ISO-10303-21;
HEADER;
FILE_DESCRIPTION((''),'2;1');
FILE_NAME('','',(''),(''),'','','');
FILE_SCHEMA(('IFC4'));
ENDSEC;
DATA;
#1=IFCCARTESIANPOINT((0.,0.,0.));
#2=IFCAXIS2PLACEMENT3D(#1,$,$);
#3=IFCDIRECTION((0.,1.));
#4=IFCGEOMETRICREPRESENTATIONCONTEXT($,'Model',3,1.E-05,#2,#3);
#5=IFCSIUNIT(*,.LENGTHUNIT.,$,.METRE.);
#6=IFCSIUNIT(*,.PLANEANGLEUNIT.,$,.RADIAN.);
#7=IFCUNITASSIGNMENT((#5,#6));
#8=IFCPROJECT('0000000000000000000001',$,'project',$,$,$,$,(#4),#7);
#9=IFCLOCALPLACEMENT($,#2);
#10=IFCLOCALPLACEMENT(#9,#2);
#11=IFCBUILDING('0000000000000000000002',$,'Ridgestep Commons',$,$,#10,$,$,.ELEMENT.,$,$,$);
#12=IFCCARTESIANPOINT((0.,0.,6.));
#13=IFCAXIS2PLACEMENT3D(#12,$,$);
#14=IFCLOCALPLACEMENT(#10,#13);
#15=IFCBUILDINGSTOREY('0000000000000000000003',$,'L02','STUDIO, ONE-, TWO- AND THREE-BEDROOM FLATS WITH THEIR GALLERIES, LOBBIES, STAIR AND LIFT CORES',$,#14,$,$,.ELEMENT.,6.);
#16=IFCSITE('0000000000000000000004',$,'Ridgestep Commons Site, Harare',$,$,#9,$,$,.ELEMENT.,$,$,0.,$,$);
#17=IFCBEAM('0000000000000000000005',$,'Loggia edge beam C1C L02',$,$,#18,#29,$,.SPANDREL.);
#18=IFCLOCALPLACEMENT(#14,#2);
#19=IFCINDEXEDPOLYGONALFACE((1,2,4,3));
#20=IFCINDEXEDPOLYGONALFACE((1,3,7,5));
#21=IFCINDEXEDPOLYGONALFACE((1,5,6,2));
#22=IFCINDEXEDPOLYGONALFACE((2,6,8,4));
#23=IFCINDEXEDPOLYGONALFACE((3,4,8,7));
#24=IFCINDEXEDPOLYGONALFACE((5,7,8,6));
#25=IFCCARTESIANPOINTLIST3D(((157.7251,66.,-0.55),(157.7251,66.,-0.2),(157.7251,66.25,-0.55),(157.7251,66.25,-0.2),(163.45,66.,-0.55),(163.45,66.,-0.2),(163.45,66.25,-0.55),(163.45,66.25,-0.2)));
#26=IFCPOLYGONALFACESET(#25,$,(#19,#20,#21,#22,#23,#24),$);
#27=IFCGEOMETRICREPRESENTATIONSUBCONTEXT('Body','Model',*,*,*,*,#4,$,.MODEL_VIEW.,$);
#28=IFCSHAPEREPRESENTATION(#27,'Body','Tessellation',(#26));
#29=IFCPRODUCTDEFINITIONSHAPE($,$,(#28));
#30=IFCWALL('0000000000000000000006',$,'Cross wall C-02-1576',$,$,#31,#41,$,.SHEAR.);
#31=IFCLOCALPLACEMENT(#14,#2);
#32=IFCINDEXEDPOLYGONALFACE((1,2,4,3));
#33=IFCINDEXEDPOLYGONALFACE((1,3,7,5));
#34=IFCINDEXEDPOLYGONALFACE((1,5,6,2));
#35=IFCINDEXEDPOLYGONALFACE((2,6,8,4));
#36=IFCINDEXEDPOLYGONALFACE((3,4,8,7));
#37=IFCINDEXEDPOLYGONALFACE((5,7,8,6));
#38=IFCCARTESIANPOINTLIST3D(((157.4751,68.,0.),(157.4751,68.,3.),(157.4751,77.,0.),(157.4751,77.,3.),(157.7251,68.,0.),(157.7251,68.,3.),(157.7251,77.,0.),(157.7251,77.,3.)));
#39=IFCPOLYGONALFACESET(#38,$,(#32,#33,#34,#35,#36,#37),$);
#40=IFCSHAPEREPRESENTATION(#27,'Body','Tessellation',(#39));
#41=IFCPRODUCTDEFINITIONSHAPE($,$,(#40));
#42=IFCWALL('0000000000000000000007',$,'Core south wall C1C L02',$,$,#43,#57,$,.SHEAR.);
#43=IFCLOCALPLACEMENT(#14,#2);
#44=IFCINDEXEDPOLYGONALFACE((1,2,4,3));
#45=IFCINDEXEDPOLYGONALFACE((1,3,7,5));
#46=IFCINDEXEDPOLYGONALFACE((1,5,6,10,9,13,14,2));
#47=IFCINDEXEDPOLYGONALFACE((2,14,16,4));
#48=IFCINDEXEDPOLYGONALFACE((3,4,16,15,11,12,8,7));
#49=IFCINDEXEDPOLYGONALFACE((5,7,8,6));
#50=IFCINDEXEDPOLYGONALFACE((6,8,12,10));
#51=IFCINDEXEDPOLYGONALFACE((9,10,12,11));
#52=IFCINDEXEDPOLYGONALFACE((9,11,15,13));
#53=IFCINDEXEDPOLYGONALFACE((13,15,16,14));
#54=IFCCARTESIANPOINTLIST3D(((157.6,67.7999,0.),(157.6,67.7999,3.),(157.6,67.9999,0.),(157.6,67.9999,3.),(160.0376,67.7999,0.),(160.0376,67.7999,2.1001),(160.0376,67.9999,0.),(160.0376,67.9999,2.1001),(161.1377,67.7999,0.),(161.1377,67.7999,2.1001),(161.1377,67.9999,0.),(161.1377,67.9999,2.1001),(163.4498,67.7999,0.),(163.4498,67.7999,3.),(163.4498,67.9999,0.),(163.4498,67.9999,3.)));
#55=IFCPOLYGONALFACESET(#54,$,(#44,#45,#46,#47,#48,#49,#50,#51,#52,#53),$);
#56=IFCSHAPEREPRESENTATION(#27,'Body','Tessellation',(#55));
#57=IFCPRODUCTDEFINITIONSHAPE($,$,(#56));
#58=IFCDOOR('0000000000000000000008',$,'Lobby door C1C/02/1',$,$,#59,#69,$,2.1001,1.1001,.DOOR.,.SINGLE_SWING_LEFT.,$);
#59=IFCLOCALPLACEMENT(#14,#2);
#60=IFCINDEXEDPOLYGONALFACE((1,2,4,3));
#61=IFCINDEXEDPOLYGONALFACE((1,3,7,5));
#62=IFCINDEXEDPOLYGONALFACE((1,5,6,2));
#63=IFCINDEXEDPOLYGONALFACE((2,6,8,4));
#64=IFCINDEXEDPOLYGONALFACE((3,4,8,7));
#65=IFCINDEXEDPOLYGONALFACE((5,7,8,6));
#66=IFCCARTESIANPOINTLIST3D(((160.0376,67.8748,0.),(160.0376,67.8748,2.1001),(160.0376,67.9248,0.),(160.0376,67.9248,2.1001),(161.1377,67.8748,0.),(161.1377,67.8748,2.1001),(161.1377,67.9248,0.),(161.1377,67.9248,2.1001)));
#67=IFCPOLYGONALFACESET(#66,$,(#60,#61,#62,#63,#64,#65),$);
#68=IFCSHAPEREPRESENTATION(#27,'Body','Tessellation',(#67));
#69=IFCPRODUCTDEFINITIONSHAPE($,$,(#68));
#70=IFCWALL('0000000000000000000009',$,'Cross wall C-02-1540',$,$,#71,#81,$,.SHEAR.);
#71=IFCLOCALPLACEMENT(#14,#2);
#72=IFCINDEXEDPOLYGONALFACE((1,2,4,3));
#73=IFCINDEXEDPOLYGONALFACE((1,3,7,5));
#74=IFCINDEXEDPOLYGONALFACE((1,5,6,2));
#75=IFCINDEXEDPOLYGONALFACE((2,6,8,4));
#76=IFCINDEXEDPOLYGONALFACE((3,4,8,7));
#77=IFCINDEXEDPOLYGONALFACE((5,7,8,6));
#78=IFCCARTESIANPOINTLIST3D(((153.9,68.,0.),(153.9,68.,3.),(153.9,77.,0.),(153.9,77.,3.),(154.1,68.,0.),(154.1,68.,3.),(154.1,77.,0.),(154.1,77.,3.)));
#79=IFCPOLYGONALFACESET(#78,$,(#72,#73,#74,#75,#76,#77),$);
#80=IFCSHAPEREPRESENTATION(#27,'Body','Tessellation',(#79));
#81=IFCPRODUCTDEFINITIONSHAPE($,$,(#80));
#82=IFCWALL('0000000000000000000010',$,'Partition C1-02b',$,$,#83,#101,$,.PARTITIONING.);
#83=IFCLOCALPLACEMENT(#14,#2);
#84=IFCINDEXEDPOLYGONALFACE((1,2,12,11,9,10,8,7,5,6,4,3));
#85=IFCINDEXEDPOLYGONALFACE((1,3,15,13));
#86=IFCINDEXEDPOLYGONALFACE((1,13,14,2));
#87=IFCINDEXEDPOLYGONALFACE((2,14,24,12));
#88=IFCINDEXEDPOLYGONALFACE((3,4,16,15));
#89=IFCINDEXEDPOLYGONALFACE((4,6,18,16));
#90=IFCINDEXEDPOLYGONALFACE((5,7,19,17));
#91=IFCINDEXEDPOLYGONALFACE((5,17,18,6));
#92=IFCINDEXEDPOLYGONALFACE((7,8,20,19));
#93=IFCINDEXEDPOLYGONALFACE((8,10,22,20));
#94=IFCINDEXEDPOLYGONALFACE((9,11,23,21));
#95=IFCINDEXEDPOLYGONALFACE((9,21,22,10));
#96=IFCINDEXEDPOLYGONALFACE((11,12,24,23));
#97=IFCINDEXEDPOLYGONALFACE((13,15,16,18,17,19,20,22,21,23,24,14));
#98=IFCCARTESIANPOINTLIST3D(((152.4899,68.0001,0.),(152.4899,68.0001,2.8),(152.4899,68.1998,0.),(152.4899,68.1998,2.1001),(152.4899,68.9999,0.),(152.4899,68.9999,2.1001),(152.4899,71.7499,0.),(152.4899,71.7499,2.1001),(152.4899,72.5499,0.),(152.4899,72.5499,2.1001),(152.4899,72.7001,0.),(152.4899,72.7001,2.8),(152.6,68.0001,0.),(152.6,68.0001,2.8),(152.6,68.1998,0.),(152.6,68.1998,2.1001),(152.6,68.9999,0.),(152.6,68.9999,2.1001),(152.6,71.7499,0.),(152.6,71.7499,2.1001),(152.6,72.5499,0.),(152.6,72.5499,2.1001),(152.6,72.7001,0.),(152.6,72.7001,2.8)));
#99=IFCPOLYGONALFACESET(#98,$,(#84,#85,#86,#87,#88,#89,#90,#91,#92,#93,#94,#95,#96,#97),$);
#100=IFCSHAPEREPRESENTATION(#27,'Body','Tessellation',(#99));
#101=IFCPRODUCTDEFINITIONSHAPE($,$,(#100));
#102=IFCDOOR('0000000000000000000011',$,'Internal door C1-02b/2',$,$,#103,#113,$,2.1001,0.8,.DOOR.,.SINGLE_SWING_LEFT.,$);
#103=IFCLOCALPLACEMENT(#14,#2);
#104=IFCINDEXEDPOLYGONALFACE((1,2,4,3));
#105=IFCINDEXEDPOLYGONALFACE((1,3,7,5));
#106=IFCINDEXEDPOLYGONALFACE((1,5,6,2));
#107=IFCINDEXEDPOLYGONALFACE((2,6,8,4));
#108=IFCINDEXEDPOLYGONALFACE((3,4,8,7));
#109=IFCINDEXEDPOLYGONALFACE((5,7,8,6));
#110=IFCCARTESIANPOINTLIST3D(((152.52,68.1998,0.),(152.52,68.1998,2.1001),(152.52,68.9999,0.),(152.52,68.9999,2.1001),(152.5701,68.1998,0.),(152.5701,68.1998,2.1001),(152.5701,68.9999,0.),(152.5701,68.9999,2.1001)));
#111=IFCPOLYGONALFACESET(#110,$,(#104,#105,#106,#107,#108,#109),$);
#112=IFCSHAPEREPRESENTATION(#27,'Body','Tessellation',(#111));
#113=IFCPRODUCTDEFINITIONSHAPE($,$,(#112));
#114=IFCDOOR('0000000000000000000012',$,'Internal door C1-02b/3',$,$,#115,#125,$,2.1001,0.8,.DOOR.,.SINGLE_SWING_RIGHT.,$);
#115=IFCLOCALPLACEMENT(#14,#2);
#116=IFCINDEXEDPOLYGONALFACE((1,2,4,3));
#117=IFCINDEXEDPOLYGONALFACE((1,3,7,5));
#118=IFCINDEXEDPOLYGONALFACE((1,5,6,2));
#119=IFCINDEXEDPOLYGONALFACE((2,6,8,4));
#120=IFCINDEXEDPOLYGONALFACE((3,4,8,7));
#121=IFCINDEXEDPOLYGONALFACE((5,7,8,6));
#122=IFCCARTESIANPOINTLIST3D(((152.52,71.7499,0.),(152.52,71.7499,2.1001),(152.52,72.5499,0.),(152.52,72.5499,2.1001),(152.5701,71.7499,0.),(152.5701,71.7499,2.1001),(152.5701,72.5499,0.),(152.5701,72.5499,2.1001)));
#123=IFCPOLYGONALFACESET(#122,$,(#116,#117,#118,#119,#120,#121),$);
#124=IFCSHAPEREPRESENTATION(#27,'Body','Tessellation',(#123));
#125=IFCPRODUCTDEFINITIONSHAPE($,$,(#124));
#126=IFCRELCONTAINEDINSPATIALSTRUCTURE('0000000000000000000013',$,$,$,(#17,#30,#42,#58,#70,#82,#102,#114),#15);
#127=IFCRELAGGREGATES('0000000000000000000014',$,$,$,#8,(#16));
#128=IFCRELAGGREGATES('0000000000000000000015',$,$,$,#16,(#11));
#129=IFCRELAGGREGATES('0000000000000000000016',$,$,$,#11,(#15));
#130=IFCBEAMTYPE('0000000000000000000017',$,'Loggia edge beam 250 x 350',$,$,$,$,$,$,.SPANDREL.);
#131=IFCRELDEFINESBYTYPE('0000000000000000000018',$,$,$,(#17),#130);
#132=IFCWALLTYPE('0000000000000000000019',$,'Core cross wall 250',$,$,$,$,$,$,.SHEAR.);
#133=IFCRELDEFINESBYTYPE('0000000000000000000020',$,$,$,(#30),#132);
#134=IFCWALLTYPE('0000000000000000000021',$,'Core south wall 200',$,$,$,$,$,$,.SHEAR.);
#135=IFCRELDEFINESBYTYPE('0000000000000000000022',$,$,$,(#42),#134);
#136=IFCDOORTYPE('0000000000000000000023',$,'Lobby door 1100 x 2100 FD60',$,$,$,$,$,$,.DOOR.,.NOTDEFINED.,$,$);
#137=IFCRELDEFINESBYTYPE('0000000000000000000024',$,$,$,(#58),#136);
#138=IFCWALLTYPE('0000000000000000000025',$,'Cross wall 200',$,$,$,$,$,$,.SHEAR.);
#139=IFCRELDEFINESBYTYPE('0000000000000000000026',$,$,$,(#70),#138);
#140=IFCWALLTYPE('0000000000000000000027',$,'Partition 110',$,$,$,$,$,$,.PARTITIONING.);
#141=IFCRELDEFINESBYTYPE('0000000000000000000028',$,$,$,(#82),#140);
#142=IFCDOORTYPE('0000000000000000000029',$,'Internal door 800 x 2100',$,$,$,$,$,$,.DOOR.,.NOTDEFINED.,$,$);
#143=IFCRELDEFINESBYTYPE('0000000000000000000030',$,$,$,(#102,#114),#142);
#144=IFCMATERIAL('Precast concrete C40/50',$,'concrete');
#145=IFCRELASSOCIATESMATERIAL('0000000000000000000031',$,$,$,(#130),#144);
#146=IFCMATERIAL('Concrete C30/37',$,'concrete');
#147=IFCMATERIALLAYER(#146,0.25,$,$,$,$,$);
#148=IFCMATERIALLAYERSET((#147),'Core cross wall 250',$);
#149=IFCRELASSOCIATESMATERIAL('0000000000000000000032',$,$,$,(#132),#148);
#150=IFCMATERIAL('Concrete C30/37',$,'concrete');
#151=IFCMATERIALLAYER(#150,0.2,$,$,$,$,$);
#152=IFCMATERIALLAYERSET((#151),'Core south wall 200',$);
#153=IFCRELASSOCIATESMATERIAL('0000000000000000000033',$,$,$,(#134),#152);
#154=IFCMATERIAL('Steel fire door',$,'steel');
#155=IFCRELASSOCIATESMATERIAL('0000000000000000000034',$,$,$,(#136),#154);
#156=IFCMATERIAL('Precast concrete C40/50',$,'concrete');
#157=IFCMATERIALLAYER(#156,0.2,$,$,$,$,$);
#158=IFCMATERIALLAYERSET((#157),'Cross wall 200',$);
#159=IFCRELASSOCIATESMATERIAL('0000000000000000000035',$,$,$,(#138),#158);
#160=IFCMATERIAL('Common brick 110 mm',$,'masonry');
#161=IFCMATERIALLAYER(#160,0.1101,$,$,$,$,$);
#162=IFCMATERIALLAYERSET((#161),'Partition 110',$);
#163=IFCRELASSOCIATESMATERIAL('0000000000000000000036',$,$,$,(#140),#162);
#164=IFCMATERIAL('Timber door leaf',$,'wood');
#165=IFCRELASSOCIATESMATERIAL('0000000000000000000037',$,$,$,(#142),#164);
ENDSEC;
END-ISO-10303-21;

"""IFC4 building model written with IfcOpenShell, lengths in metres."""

from ifc_helpers import new_model, si_unit, direction, frame, frame_2d, origin, origin_2d, place, context, subcontext, project, spatial, rectangle, extrude, material, layer, layer_set, material_profile, profile_set, type_object, element, fill, save


model = new_model("IFC4")

# Units and contexts
model_context = context("Model", 3, precision=1e-05, world=origin(), true_north=direction((0.0, 1.0)))
body_context = subcontext(model_context, "Body", "Model", "MODEL_VIEW")
ifc_project = project(units=[si_unit("LENGTHUNIT", "METRE"), si_unit("PLANEANGLEUNIT", "RADIAN")], contexts=[model_context])

# Site, building, storey
site_placement = place(None, origin())
site = spatial("IfcSite", under=ifc_project, at=site_placement, Name="Ridgestep Commons Site, Harare", CompositionType="ELEMENT", RefElevation=0.0)
building_placement = place(site_placement, origin())
building = spatial("IfcBuilding", under=site, at=building_placement, Name="Ridgestep Commons", CompositionType="ELEMENT")
storey_placement = place(building_placement, frame((0.0, 0.0, 6.0)))
storey = spatial("IfcBuildingStorey", under=building, at=storey_placement, Name="L02", Description="STUDIO, ONE-, TWO- AND THREE-BEDROOM FLATS WITH THEIR GALLERIES, LOBBIES, STAIR AND LIFT CORES", CompositionType="ELEMENT", Elevation=6.0)

# Beam
ifc_material_1 = material(Name="Precast concrete C40/50", Category="concrete")
ifc_material_profile = material_profile(ifc_material_1, rectangle(XDim=0.25, YDim=0.3501, at=origin_2d()), Name="PC 250x350")
ifc_profile_set = profile_set([ifc_material_profile], Name="Precast concrete C40/50")
beam_type = type_object("IfcBeamType", Name="Loggia edge beam 250 x 350", PredefinedType="SPANDREL", material=ifc_profile_set)
beam_placement = place(storey_placement, frame((157.7251, 66.125, -0.375), z_axis=(1.0, 0.0, 0.0), x_axis=(0.0, 1.0, 0.0)))
element("IfcBeam", 1, at=beam_placement, inside=storey, type_object=beam_type, Name="Loggia edge beam C1C L02", PredefinedType="SPANDREL", context=body_context, shape_type="SweptSolid", body=[
    extrude(rectangle(XDim=0.25, YDim=0.3501, at=origin_2d()), origin(), (0.0, 0.0, 1.0), 5.7249),
])

# Wall
ifc_material_2 = material(Name="Concrete C30/37", Category="concrete")
ifc_layer_1 = layer(ifc_material_2, 0.25)
ifc_layer_set_1 = layer_set([ifc_layer_1], Name="Core cross wall 250")
wall_type_1 = type_object("IfcWallType", Name="Core cross wall 250", PredefinedType="SHEAR", material=ifc_layer_set_1)
wall_1_placement = place(storey_placement, frame((157.6001, 68.0, 0.0), z_axis=(0.0, 0.0, 1.0), x_axis=(0.0, 1.0, 0.0)))
element("IfcWall", 2, at=wall_1_placement, inside=storey, type_object=wall_type_1, Name="Cross wall C-02-1576", PredefinedType="SHEAR", context=body_context, shape_type="SweptSolid", body=[
    extrude(rectangle(XDim=9.0, YDim=0.25, at=frame_2d((4.5, 0.0))), origin(), (0.0, 0.0, 1.0), 3.0),
])

# Wall, opening, door
ifc_material_3 = material(Name="Concrete C30/37", Category="concrete")
ifc_layer_2 = layer(ifc_material_3, 0.2)
ifc_layer_set_2 = layer_set([ifc_layer_2], Name="Core south wall 200")
wall_type_2 = type_object("IfcWallType", Name="Core south wall 200", PredefinedType="SHEAR", material=ifc_layer_set_2)
wall_2_placement = place(storey_placement, frame((157.6001, 67.8999, 0.0), z_axis=(0.0, 0.0, 1.0), x_axis=(1.0, 0.0, 0.0)))
wall_2 = element("IfcWall", 3, at=wall_2_placement, inside=storey, type_object=wall_type_2, Name="Core south wall C1C L02", PredefinedType="SHEAR", context=body_context, shape_type="SweptSolid", body=[
    extrude(rectangle(XDim=5.8499, YDim=0.2, at=frame_2d((2.9248, 0.0))), origin(), (0.0, 0.0, 1.0), 3.0),
])
opening_1_placement = place(wall_2_placement, frame((2.4375, 0.0, 0.0)))
opening_1 = element("IfcOpeningElement", 4, at=opening_1_placement, cuts=wall_2, PredefinedType="OPENING", context=body_context, shape_type="SweptSolid", body=[
    extrude(rectangle(XDim=1.1001, YDim=2.1001, at=frame_2d((0.55, 1.05))), frame((0.0, 0.1099, 0.0), z_axis=(0.0, -1.0, 0.0), x_axis=(1.0, 0.0, 0.0)), (0.0, 0.0, 1.0), 0.22),
])
ifc_material_4 = material(Name="Steel fire door", Category="steel")
door_type_1 = type_object("IfcDoorType", Name="Lobby door 1100 x 2100 FD60", OperationType="NOTDEFINED", PredefinedType="DOOR", material=ifc_material_4)
door_1_placement = place(opening_1_placement, origin())
door_1 = element("IfcDoor", 5, at=door_1_placement, inside=storey, type_object=door_type_1, Name="Lobby door C1C/02/1", OperationType="SINGLE_SWING_LEFT", OverallHeight=2.1001, OverallWidth=1.1001, PredefinedType="DOOR", context=body_context, shape_type="SweptSolid", body=[
    extrude(rectangle(XDim=1.1001, YDim=2.1001, at=frame_2d((0.55, 1.05))), frame((0.0, 0.0249, 0.0), z_axis=(0.0, -1.0, 0.0), x_axis=(1.0, 0.0, 0.0)), (0.0, 0.0, 1.0), 0.05),
])
fill(opening_1, door_1)

# Wall
ifc_material_5 = material(Name="Precast concrete C40/50", Category="concrete")
ifc_layer_3 = layer(ifc_material_5, 0.2)
ifc_layer_set_3 = layer_set([ifc_layer_3], Name="Cross wall 200")
wall_type_3 = type_object("IfcWallType", Name="Cross wall 200", PredefinedType="SHEAR", material=ifc_layer_set_3)
wall_3_placement = place(storey_placement, frame((154.0, 68.0, 0.0), z_axis=(0.0, 0.0, 1.0), x_axis=(0.0, 1.0, 0.0)))
element("IfcWall", 6, at=wall_3_placement, inside=storey, type_object=wall_type_3, Name="Cross wall C-02-1540", PredefinedType="SHEAR", context=body_context, shape_type="SweptSolid", body=[
    extrude(rectangle(XDim=9.0, YDim=0.2, at=frame_2d((4.5, 0.0))), origin(), (0.0, 0.0, 1.0), 3.0),
])

# Wall, openings, doors
ifc_material_6 = material(Name="Common brick 110 mm", Category="masonry")
ifc_layer_4 = layer(ifc_material_6, 0.1101)
ifc_layer_set_4 = layer_set([ifc_layer_4], Name="Partition 110")
wall_type_4 = type_object("IfcWallType", Name="Partition 110", PredefinedType="PARTITIONING", material=ifc_layer_set_4)
wall_4_placement = place(storey_placement, frame((152.5449, 68.0, 0.0), z_axis=(0.0, 0.0, 1.0), x_axis=(0.0, 1.0, 0.0)))
wall_4 = element("IfcWall", 7, at=wall_4_placement, inside=storey, type_object=wall_type_4, Name="Partition C1-02b", PredefinedType="PARTITIONING", context=body_context, shape_type="SweptSolid", body=[
    extrude(rectangle(XDim=4.7, YDim=0.1101, at=frame_2d((2.3501, 0.0))), origin(), (0.0, 0.0, 1.0), 2.8),
])
opening_2_placement = place(wall_4_placement, frame((0.2, 0.0, 0.0)))
opening_2 = element("IfcOpeningElement", 8, at=opening_2_placement, cuts=wall_4, PredefinedType="OPENING", context=body_context, shape_type="SweptSolid", body=[
    extrude(rectangle(XDim=0.8, YDim=2.1001, at=frame_2d((0.3999, 1.05))), frame((0.0, 0.0649, 0.0), z_axis=(0.0, -1.0, 0.0), x_axis=(1.0, 0.0, 0.0)), (0.0, 0.0, 1.0), 0.1301),
])
opening_3_placement = place(wall_4_placement, frame((3.75, 0.0, 0.0)))
opening_3 = element("IfcOpeningElement", 9, at=opening_3_placement, cuts=wall_4, PredefinedType="OPENING", context=body_context, shape_type="SweptSolid", body=[
    extrude(rectangle(XDim=0.8, YDim=2.1001, at=frame_2d((0.3999, 1.05))), frame((0.0, 0.0649, 0.0), z_axis=(0.0, -1.0, 0.0), x_axis=(1.0, 0.0, 0.0)), (0.0, 0.0, 1.0), 0.1301),
])
ifc_material_7 = material(Name="Timber door leaf", Category="wood")
door_type_2 = type_object("IfcDoorType", Name="Internal door 800 x 2100", OperationType="NOTDEFINED", PredefinedType="DOOR", material=ifc_material_7)
door_2_placement = place(opening_2_placement, origin())
door_2 = element("IfcDoor", 10, at=door_2_placement, inside=storey, type_object=door_type_2, Name="Internal door C1-02b/2", OperationType="SINGLE_SWING_LEFT", OverallHeight=2.1001, OverallWidth=0.8, PredefinedType="DOOR", context=body_context, shape_type="SweptSolid", body=[
    extrude(rectangle(XDim=0.8, YDim=2.1001, at=frame_2d((0.3999, 1.05))), frame((0.0, 0.0249, 0.0), z_axis=(0.0, -1.0, 0.0), x_axis=(1.0, 0.0, 0.0)), (0.0, 0.0, 1.0), 0.05),
])
fill(opening_2, door_2)
door_3_placement = place(opening_3_placement, origin())
door_3 = element("IfcDoor", 11, at=door_3_placement, inside=storey, type_object=door_type_2, Name="Internal door C1-02b/3", OperationType="SINGLE_SWING_RIGHT", OverallHeight=2.1001, OverallWidth=0.8, PredefinedType="DOOR", context=body_context, shape_type="SweptSolid", body=[
    extrude(rectangle(XDim=0.8, YDim=2.1001, at=frame_2d((0.3999, 1.05))), frame((0.0, 0.0249, 0.0), z_axis=(0.0, -1.0, 0.0), x_axis=(1.0, 0.0, 0.0)), (0.0, 0.0, 1.0), 0.05),
])
fill(opening_3, door_3)

save(model, "model.ifc")
